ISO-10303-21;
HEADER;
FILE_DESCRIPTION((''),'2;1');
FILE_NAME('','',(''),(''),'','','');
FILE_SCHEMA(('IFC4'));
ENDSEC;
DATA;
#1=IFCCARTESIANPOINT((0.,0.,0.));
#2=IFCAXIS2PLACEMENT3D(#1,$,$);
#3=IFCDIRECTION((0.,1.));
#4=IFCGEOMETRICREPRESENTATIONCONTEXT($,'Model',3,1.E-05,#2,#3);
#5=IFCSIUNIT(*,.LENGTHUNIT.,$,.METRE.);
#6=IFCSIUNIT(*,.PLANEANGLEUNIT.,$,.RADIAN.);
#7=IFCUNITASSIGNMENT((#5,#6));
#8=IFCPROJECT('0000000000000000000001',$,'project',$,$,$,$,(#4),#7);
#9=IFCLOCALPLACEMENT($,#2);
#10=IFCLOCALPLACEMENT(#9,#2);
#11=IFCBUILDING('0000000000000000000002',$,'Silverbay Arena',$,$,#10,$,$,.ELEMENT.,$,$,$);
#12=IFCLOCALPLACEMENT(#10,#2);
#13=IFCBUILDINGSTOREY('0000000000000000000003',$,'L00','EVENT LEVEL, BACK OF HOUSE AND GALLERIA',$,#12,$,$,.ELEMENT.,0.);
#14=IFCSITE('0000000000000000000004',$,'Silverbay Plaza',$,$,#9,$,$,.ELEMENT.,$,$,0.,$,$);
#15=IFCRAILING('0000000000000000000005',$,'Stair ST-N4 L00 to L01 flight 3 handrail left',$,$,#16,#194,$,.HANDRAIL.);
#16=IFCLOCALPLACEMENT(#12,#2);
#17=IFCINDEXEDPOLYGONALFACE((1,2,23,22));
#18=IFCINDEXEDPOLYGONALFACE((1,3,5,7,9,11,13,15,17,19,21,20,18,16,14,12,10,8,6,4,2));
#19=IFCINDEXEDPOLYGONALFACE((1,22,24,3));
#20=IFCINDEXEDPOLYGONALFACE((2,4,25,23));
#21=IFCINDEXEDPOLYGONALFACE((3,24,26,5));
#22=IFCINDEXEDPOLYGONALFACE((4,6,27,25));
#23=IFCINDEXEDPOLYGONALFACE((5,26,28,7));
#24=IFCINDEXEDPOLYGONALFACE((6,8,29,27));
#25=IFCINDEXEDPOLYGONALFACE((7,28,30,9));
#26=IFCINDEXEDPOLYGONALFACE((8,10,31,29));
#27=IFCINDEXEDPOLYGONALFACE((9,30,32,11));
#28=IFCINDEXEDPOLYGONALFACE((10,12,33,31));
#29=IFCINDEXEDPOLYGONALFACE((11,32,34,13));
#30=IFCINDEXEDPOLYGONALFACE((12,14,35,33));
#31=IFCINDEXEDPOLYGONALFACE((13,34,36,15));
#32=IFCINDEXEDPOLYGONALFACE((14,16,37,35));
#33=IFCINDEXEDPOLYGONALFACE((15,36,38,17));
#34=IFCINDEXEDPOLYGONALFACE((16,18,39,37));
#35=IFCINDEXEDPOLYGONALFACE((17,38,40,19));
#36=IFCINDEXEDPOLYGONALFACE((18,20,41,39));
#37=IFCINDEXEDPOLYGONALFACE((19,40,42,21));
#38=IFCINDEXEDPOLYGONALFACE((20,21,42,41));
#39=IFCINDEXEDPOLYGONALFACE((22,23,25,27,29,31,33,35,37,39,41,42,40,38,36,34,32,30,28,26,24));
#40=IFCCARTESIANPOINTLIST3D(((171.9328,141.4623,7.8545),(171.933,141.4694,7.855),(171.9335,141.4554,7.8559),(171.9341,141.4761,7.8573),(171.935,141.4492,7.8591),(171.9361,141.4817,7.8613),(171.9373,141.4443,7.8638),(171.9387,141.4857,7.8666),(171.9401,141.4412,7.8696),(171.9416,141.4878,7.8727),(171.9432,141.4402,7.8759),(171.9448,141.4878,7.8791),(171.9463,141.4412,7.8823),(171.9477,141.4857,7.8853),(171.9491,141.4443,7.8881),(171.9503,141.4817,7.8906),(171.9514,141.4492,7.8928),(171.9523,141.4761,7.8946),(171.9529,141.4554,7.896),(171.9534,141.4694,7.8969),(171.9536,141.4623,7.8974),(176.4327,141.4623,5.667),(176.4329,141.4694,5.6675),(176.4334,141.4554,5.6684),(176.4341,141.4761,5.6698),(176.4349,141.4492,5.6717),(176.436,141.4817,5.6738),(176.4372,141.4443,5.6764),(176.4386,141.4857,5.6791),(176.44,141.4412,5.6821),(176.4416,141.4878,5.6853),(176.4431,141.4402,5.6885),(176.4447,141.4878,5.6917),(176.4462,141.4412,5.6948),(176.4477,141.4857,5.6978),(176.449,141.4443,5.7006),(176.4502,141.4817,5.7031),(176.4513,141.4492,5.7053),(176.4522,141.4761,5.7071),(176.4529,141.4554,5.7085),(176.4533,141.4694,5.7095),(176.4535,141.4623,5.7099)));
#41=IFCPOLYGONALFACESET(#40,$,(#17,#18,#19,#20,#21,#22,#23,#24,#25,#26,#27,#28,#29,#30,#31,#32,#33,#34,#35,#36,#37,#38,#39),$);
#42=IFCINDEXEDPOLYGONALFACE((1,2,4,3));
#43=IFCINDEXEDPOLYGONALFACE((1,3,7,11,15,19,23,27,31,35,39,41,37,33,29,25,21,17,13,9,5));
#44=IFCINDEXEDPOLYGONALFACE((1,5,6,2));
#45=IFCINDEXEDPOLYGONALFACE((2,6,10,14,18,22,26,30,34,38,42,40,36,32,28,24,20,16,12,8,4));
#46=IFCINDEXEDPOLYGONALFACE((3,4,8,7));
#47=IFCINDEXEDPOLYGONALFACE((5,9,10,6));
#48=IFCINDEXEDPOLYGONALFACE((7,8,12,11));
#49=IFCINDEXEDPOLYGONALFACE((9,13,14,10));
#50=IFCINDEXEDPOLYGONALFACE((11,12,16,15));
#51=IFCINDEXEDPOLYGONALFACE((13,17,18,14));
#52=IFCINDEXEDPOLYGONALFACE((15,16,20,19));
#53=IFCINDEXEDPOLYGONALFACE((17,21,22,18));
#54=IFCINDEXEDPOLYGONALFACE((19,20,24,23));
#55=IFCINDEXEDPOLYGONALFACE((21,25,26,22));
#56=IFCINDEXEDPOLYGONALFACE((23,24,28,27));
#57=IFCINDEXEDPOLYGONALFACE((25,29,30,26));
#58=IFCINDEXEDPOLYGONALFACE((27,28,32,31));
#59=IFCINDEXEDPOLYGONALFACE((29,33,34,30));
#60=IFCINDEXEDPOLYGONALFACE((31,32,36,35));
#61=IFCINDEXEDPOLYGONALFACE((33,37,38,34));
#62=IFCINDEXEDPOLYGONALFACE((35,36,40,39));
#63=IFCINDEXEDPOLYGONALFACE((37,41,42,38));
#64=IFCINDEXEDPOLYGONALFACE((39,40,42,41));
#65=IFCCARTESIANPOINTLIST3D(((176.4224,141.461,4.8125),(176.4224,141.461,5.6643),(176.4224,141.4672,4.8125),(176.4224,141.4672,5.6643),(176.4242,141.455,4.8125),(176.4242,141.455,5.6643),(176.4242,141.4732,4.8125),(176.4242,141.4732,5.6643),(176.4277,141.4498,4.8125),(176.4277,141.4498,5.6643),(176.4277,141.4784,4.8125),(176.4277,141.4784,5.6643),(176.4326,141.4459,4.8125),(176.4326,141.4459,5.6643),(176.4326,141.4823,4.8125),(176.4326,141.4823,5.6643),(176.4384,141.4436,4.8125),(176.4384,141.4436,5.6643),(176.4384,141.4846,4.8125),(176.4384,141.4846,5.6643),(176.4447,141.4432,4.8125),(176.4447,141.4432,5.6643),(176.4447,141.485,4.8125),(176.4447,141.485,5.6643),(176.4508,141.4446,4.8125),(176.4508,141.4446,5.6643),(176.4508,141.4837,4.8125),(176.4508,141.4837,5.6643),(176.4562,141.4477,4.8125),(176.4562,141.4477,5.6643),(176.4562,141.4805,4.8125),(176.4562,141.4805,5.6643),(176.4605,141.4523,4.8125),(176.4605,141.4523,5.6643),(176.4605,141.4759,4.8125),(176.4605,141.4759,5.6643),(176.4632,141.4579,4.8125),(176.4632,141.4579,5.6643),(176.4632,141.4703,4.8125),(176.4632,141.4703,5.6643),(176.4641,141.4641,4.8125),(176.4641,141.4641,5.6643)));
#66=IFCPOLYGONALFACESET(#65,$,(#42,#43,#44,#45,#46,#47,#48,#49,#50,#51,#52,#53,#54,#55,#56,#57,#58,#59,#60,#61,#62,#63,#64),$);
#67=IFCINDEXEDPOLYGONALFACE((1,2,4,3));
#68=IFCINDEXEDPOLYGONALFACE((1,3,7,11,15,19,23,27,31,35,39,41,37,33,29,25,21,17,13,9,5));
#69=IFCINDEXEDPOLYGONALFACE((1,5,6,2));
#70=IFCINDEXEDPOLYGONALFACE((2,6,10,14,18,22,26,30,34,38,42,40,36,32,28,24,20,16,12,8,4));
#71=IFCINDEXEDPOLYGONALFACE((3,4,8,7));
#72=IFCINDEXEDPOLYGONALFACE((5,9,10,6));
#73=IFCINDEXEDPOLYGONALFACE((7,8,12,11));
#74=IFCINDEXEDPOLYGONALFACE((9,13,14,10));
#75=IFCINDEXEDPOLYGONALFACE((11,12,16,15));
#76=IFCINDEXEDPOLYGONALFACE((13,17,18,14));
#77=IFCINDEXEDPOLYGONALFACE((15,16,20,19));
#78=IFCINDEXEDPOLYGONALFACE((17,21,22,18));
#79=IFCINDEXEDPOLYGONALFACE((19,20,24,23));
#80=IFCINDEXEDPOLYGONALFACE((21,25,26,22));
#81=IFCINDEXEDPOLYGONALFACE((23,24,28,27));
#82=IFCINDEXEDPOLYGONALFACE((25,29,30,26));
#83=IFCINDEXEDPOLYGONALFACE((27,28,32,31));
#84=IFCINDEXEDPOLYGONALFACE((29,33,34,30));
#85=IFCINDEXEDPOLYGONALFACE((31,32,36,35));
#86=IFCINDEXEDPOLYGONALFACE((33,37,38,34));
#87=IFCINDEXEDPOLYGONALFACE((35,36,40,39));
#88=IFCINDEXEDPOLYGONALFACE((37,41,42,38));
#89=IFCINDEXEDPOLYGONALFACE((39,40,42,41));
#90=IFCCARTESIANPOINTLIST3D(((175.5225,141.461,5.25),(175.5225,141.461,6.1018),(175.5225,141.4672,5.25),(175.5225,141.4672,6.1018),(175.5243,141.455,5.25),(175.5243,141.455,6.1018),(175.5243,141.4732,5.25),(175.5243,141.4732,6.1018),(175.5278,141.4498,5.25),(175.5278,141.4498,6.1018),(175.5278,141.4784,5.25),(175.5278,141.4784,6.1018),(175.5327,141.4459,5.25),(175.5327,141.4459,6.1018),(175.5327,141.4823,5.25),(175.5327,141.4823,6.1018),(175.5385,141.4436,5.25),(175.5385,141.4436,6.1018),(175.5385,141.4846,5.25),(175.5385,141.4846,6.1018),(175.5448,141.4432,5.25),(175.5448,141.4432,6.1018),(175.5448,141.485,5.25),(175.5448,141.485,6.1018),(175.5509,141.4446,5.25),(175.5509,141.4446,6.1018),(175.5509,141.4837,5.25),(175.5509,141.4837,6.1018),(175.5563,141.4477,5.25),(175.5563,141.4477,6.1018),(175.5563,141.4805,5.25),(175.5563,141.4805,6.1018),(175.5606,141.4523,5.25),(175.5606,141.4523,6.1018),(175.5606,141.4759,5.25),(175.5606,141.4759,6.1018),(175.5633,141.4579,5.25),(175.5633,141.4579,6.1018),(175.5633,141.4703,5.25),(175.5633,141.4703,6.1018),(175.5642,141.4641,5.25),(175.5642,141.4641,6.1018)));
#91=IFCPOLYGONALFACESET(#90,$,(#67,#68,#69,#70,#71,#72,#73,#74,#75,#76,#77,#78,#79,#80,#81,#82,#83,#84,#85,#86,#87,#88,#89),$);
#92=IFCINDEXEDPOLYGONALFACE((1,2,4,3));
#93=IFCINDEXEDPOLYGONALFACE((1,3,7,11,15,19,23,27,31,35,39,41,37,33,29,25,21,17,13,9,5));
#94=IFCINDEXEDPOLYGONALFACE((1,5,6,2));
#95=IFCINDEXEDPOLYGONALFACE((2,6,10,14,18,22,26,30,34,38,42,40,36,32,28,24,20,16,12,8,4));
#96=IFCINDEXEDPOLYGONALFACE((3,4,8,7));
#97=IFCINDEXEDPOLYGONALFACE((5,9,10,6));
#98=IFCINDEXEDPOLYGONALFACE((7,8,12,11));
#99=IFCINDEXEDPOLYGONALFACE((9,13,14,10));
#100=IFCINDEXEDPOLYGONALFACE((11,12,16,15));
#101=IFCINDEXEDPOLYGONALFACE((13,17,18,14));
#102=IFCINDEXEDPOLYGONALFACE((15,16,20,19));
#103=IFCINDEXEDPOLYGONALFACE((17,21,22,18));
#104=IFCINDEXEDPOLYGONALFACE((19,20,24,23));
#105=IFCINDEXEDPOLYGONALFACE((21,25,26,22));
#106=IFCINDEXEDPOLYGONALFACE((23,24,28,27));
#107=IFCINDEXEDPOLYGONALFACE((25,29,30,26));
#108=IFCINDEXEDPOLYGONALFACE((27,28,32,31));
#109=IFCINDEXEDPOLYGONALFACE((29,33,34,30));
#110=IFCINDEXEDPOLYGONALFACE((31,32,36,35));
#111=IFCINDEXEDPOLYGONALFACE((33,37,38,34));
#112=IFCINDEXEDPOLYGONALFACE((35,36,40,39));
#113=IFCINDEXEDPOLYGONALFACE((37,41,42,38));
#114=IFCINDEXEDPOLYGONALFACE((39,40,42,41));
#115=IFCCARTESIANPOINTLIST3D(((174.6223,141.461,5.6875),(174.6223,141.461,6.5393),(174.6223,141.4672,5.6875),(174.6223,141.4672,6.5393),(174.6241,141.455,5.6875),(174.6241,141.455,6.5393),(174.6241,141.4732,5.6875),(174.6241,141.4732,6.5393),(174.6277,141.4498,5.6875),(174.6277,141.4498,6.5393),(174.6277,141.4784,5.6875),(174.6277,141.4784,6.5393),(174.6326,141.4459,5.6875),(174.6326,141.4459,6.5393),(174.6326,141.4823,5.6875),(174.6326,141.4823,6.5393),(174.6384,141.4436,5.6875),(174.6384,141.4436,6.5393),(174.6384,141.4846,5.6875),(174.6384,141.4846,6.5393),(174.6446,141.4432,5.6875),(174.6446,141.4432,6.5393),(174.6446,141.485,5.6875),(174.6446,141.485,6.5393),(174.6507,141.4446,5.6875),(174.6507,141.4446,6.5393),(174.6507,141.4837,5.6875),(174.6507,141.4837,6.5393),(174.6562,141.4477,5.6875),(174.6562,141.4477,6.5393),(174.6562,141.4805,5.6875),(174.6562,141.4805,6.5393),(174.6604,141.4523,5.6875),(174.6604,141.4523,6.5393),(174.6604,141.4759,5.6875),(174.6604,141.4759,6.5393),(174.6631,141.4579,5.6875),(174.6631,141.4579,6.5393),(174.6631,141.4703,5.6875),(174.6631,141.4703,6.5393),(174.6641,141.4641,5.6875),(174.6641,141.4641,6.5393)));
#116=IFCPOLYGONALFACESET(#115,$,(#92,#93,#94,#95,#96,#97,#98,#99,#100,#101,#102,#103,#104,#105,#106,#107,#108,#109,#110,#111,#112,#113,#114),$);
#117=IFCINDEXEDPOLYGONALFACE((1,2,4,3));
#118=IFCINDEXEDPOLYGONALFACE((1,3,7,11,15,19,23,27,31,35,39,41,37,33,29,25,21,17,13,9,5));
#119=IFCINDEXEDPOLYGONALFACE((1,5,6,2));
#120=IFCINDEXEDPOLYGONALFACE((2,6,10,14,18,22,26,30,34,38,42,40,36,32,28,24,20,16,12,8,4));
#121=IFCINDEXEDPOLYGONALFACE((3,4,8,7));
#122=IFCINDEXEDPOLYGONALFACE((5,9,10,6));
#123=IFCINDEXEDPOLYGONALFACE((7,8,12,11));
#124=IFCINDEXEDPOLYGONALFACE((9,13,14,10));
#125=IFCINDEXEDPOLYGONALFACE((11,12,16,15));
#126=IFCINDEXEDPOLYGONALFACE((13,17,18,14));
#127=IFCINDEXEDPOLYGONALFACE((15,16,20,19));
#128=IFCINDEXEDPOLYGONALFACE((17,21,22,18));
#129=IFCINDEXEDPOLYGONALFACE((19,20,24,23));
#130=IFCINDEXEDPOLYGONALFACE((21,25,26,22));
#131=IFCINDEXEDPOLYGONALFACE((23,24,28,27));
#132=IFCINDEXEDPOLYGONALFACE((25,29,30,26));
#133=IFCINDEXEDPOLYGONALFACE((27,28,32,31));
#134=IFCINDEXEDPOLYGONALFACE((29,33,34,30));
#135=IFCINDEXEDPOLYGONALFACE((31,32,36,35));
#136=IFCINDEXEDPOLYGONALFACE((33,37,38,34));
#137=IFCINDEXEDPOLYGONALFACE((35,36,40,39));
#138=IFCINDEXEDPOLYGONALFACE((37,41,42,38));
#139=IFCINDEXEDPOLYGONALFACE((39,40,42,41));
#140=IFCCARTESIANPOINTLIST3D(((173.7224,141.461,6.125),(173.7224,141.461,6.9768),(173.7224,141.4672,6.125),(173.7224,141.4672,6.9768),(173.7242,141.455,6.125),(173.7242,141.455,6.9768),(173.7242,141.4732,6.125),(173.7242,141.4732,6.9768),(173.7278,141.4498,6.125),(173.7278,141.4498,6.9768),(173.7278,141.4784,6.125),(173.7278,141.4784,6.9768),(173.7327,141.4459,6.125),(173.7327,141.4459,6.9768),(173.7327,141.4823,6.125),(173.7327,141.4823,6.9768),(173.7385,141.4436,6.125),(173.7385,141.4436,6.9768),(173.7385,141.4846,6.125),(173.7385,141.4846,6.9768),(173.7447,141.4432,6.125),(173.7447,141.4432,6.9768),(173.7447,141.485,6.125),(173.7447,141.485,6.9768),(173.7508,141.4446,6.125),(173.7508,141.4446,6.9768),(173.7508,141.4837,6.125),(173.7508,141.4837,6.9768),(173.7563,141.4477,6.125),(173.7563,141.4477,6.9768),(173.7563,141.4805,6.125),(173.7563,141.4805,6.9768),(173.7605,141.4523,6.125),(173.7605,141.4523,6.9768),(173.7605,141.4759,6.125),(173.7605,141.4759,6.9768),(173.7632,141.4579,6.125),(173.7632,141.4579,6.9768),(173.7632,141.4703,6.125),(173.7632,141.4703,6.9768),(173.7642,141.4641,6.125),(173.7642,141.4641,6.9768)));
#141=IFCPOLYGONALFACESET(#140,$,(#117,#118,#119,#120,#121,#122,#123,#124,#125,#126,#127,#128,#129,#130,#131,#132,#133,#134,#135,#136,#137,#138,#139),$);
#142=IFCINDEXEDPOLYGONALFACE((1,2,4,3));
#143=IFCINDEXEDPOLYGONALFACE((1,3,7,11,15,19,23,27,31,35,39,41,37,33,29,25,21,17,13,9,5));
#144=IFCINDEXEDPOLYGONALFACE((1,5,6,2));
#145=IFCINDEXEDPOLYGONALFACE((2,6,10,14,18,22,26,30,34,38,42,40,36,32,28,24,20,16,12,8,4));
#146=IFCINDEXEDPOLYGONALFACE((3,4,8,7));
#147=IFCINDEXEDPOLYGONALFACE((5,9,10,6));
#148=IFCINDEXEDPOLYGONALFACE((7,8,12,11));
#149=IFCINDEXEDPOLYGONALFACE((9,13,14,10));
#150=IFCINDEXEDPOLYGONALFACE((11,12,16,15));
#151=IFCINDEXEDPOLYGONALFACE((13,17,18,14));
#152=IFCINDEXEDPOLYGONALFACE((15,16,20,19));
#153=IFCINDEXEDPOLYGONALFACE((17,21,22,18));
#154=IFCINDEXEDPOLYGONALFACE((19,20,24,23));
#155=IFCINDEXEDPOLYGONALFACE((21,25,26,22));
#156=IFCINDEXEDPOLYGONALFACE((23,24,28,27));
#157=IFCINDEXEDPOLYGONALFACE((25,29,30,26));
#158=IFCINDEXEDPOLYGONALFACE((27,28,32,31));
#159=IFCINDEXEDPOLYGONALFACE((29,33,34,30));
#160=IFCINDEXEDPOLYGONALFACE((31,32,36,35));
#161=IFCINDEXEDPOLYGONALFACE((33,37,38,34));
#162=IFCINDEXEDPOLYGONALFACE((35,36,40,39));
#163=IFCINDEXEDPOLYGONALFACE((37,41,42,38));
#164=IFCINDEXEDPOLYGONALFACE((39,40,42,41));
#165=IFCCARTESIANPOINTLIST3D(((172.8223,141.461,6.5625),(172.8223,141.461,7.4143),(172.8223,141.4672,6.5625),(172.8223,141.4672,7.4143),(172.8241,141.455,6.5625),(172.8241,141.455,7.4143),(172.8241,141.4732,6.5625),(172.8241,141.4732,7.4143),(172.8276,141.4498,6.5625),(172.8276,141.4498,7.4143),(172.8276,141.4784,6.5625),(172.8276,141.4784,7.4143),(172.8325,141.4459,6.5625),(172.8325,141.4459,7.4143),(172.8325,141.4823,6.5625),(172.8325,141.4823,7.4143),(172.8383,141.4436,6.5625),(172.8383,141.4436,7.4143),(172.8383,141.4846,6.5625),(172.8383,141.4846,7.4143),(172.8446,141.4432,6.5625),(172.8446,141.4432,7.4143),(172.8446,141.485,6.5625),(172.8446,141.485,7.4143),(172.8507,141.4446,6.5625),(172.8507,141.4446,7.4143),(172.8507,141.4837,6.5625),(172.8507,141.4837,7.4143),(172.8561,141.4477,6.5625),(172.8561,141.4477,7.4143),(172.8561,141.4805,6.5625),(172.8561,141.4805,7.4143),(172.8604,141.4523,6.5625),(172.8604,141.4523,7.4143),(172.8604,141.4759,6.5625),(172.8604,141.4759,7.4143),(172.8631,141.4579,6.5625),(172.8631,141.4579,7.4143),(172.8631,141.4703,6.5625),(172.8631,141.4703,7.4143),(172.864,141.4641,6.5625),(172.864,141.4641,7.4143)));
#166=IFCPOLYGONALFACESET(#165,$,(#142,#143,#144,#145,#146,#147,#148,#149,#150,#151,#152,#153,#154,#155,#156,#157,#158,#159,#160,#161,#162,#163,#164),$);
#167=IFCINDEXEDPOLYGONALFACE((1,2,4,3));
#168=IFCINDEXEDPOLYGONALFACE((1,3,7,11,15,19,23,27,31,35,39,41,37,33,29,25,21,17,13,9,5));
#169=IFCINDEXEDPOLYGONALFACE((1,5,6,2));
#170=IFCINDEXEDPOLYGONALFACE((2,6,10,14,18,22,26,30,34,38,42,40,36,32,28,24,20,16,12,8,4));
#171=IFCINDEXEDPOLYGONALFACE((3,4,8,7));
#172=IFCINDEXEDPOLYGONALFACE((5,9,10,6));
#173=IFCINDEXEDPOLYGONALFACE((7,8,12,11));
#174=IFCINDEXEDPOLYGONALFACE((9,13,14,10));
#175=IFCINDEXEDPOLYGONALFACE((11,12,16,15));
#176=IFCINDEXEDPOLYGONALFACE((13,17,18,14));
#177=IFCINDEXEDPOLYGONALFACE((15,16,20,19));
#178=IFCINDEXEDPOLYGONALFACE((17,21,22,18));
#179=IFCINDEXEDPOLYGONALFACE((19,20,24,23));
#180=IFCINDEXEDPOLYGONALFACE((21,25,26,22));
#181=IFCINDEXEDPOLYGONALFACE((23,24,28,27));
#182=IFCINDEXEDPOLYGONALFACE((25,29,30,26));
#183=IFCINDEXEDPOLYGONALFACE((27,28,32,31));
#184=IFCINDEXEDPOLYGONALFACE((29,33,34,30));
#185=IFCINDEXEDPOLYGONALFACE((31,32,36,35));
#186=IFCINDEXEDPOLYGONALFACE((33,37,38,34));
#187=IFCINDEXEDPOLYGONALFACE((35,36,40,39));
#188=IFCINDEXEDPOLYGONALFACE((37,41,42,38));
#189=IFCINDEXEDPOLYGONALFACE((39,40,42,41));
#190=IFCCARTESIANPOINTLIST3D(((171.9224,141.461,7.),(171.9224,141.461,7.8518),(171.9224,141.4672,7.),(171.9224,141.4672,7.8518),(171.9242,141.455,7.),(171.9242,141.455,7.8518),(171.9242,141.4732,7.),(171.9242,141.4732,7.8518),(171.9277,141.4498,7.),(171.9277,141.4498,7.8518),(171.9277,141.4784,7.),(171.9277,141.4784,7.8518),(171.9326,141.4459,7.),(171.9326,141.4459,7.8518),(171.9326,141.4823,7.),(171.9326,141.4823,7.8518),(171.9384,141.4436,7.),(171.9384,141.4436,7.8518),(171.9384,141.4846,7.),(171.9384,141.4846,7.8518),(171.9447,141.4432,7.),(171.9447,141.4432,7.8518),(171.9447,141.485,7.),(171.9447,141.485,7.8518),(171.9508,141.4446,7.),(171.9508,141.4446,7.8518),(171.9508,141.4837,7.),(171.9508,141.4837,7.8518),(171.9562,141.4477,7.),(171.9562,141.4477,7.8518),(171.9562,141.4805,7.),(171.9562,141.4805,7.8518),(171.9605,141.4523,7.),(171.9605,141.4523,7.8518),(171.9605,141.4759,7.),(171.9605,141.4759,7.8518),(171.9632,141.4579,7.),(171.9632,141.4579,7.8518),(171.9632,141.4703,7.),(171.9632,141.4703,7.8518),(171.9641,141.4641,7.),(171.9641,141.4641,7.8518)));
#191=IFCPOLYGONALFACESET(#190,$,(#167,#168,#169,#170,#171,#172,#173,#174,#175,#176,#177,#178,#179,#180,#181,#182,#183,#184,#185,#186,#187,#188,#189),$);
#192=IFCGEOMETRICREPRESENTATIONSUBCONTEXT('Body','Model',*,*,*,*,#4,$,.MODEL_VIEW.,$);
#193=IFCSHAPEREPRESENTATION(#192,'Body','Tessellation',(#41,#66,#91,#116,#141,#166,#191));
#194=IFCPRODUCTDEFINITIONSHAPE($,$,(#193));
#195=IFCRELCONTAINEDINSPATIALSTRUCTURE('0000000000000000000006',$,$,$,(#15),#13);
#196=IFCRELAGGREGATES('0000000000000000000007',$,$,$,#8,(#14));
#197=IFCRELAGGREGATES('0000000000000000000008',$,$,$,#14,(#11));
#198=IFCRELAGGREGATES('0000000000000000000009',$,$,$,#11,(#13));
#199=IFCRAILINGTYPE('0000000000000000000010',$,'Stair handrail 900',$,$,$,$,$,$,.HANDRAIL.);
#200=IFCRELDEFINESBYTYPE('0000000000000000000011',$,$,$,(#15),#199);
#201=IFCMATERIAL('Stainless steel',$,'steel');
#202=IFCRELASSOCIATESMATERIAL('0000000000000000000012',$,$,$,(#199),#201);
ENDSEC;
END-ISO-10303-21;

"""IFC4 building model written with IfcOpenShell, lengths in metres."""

from ifc_helpers import new_model, si_unit, direction, frame, origin, origin_2d, place, context, subcontext, project, spatial, circle, extrude, material, type_object, element, save


model = new_model("IFC4")

# Units and contexts
model_context = context("Model", 3, precision=1e-05, world=origin(), true_north=direction((0.0, 1.0)))
body_context = subcontext(model_context, "Body", "Model", "MODEL_VIEW")
ifc_project = project(units=[si_unit("LENGTHUNIT", "METRE"), si_unit("PLANEANGLEUNIT", "RADIAN")], contexts=[model_context])

# Site, building, storey
site_placement = place(None, origin())
site = spatial("IfcSite", under=ifc_project, at=site_placement, Name="Silverbay Plaza", CompositionType="ELEMENT", RefElevation=0.0)
building_placement = place(site_placement, origin())
building = spatial("IfcBuilding", under=site, at=building_placement, Name="Silverbay Arena", CompositionType="ELEMENT")
storey_placement = place(building_placement, origin())
storey = spatial("IfcBuildingStorey", under=building, at=storey_placement, Name="L00", Description="EVENT LEVEL, BACK OF HOUSE AND GALLERIA", CompositionType="ELEMENT", Elevation=0.0)

# Railing
ifc_material_1 = material(Name="Stainless steel", Category="steel")
railing_type_1 = type_object("IfcRailingType", Name="Stair handrail 900", PredefinedType="HANDRAIL", material=ifc_material_1)
for number, where, name in (
    (1, (176.4431, 141.4641, 4.8125), "Stair ST-N4 L00 to L01 flight 3 handrail left"),
):
    element("IfcRailing", number, at=place(storey_placement, frame(where)), inside=storey, type_object=railing_type_1, Name=name, PredefinedType="HANDRAIL", context=body_context, shape_type="SweptSolid", body=[
        extrude(circle(Radius=0.0239, at=origin_2d()), frame((0.0, 0.0, 0.876), z_axis=(-0.899368, 0.0, 0.437193), x_axis=(0.0, -1.0, 0.0)), (0.0, 0.0, 1.0), 5.0034),
        extrude(circle(Radius=0.021, at=origin_2d()), origin(), (0.0, 0.0, 1.0), 0.8518),
        extrude(circle(Radius=0.021, at=origin_2d()), frame((-0.8999, 0.0, 0.4375)), (0.0, 0.0, 1.0), 0.8518),
        extrude(circle(Radius=0.021, at=origin_2d()), frame((-1.8, 0.0, 0.875)), (0.0, 0.0, 1.0), 0.8518),
        extrude(circle(Radius=0.021, at=origin_2d()), frame((-2.7, 0.0, 1.3125)), (0.0, 0.0, 1.0), 0.8518),
        extrude(circle(Radius=0.021, at=origin_2d()), frame((-3.6001, 0.0, 1.75)), (0.0, 0.0, 1.0), 0.8518),
        extrude(circle(Radius=0.021, at=origin_2d()), frame((-4.5, 0.0, 2.1875)), (0.0, 0.0, 1.0), 0.8518),
    ])

save(model, "model.ifc")
